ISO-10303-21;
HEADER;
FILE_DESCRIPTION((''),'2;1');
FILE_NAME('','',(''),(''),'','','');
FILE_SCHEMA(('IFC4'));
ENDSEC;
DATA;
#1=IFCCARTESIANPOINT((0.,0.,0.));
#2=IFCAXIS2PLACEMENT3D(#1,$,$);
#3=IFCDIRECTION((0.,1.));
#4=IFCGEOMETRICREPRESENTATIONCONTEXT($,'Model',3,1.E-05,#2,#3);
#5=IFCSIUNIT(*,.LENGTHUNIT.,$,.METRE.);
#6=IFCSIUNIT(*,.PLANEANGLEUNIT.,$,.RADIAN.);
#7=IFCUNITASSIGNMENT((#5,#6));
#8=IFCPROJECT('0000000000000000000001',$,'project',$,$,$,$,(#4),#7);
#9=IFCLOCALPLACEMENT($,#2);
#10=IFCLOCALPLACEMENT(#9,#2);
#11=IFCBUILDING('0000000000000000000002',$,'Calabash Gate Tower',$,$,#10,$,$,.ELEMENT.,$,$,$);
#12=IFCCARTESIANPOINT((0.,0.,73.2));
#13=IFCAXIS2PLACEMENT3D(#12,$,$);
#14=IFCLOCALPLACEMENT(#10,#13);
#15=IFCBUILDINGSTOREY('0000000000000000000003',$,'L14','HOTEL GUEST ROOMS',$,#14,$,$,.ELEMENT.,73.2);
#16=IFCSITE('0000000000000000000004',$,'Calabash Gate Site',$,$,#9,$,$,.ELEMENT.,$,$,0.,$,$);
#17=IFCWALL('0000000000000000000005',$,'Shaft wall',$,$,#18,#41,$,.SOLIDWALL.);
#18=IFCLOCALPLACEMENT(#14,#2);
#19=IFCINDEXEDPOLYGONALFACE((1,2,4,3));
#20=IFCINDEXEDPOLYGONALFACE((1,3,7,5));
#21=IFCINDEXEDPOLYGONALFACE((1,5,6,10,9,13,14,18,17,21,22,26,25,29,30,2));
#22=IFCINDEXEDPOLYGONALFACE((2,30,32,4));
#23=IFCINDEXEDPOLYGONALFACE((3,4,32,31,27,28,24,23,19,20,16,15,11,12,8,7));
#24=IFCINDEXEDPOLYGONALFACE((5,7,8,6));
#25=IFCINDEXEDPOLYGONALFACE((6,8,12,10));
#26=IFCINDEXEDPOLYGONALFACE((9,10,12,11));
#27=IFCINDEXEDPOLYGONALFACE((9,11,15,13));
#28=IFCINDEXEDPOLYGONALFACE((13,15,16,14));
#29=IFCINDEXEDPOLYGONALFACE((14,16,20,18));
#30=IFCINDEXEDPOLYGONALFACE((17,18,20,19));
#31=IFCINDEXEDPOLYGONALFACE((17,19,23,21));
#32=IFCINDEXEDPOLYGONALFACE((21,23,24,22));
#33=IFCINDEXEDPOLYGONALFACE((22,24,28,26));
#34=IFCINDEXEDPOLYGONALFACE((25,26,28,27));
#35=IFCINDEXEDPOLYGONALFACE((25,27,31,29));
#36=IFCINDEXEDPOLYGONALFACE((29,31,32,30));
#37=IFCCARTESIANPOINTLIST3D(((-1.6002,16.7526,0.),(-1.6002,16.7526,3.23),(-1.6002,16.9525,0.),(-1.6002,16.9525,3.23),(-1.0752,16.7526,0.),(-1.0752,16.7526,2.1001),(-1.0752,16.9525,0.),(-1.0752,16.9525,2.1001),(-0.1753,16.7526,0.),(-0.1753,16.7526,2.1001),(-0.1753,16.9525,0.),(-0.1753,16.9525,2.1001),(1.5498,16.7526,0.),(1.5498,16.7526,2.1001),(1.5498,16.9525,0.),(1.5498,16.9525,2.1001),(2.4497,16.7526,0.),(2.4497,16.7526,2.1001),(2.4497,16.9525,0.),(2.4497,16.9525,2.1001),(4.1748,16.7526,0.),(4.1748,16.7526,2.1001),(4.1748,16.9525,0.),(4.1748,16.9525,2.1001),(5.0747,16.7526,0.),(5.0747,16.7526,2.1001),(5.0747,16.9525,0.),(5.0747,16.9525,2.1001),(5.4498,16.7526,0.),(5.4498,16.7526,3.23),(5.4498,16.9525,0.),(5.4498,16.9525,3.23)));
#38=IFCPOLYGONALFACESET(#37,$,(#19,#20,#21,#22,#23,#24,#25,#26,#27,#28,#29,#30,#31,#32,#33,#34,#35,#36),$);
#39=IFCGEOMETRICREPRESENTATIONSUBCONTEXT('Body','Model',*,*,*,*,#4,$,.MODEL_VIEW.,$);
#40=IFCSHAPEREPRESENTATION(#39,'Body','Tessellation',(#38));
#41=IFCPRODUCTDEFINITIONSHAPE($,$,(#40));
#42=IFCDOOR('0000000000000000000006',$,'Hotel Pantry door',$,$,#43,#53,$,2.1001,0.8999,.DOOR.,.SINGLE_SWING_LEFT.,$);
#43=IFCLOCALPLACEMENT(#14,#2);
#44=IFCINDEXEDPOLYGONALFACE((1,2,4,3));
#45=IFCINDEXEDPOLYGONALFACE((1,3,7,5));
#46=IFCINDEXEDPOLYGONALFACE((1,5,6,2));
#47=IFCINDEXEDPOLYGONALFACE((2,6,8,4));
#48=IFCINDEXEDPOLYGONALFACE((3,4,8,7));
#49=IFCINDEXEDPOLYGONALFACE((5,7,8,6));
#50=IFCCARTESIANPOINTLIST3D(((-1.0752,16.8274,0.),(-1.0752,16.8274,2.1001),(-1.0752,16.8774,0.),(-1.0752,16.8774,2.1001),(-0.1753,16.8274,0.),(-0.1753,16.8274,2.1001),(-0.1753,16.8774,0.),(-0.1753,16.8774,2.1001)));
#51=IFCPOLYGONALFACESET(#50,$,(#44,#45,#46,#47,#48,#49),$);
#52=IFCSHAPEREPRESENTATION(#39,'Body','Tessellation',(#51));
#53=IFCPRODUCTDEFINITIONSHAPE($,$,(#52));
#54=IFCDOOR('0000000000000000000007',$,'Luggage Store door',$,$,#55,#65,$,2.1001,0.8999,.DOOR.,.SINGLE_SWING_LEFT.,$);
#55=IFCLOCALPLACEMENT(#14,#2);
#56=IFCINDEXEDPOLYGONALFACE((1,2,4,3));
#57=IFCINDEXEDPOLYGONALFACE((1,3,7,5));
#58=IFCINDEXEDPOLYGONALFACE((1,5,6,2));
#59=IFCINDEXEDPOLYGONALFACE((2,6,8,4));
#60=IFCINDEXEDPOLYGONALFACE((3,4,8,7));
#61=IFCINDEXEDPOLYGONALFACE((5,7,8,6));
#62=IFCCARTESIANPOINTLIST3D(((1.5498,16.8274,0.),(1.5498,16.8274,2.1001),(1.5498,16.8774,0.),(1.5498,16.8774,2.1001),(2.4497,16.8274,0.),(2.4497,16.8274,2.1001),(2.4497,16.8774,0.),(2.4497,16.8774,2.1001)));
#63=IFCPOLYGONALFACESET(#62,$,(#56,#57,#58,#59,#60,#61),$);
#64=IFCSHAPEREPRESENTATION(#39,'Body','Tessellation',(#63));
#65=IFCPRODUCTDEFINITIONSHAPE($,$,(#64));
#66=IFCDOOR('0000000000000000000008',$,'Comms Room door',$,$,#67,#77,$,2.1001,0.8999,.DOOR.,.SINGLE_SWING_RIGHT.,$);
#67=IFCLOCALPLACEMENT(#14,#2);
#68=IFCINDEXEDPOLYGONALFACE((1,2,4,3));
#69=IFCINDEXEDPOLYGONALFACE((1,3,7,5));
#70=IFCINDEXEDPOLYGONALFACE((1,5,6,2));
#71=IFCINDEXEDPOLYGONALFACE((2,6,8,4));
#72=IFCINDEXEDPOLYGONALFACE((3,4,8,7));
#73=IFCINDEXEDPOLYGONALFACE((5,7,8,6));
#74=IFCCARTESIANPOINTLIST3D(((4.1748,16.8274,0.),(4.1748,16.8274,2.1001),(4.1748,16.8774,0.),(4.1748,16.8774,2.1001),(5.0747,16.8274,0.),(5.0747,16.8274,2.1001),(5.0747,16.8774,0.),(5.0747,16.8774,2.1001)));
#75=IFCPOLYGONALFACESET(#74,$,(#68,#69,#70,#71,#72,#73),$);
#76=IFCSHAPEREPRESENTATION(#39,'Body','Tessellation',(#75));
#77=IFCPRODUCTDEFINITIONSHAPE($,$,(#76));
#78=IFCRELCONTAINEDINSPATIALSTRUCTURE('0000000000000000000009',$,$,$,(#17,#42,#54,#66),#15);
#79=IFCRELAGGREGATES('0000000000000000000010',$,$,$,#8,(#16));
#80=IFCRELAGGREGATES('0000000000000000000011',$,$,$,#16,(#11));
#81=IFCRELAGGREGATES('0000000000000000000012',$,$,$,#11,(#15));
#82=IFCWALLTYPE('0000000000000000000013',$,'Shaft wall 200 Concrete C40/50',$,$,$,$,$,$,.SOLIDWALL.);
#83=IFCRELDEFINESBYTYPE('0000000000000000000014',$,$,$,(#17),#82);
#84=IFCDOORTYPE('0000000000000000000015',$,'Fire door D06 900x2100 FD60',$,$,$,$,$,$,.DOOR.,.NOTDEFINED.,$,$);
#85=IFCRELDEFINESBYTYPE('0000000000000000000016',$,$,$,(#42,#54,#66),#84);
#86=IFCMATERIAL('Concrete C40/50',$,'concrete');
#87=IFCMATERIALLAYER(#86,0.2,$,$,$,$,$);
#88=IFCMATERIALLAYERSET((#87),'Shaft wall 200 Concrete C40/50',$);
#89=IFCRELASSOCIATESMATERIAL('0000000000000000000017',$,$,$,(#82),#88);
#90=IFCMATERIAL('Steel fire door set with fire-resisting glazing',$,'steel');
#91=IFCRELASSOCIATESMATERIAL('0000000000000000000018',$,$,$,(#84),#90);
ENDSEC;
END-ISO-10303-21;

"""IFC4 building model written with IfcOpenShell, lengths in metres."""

from ifc_helpers import new_model, si_unit, direction, frame, frame_2d, origin, place, context, subcontext, project, spatial, rectangle, extrude, material, layer, layer_set, type_object, element, fill, save


model = new_model("IFC4")

# Units and contexts
model_context = context("Model", 3, precision=1e-05, world=origin(), true_north=direction((0.0, 1.0)))
body_context = subcontext(model_context, "Body", "Model", "MODEL_VIEW")
ifc_project = project(units=[si_unit("LENGTHUNIT", "METRE"), si_unit("PLANEANGLEUNIT", "RADIAN")], contexts=[model_context])

# Site, building, storey
site_placement = place(None, origin())
site = spatial("IfcSite", under=ifc_project, at=site_placement, Name="Calabash Gate Site", CompositionType="ELEMENT", RefElevation=0.0)
building_placement = place(site_placement, origin())
building = spatial("IfcBuilding", under=site, at=building_placement, Name="Calabash Gate Tower", CompositionType="ELEMENT")
storey_placement = place(building_placement, frame((0.0, 0.0, 73.2)))
storey = spatial("IfcBuildingStorey", under=building, at=storey_placement, Name="L14", Description="HOTEL GUEST ROOMS", CompositionType="ELEMENT", Elevation=73.2)

# Shared definitions
ifc_material_1 = material(Name="Concrete C40/50", Category="concrete")
ifc_layer_1 = layer(ifc_material_1, 0.2)
ifc_layer_set_1 = layer_set([ifc_layer_1], Name="Shaft wall 200 Concrete C40/50")
wall_type_1 = type_object("IfcWallType", Name="Shaft wall 200 Concrete C40/50", PredefinedType="SOLIDWALL", material=ifc_layer_set_1)

# Shared definitions
ifc_material_2 = material(Name="Steel fire door set with fire-resisting glazing", Category="steel")
door_type_1 = type_object("IfcDoorType", Name="Fire door D06 900x2100 FD60", OperationType="NOTDEFINED", PredefinedType="DOOR", material=ifc_material_2)

# Wall, openings, doors
wall_1_placement = place(storey_placement, frame((-1.6001, 16.8525, 0.0), z_axis=(0.0, 0.0, 1.0), x_axis=(1.0, 0.0, 0.0)))
wall_1 = element("IfcWall", 1, at=wall_1_placement, inside=storey, type_object=wall_type_1, Name="Shaft wall", PredefinedType="SOLIDWALL", context=body_context, shape_type="SweptSolid", body=[
    extrude(rectangle(XDim=7.05, YDim=0.2, at=frame_2d((3.5249, 0.0))), origin(), (0.0, 0.0, 1.0), 3.23),
])
opening_1_placement = place(wall_1_placement, frame((0.5249, 0.0, 0.0)))
opening_1 = element("IfcOpeningElement", 2, at=opening_1_placement, cuts=wall_1, PredefinedType="OPENING", context=body_context, shape_type="SweptSolid", body=[
    extrude(rectangle(XDim=0.8999, YDim=2.1001, at=frame_2d((0.45, 1.05))), frame((0.0, 0.1099, 0.0), z_axis=(0.0, -1.0, 0.0), x_axis=(1.0, 0.0, 0.0)), (0.0, 0.0, 1.0), 0.22),
])
opening_2_placement = place(wall_1_placement, frame((3.1499, 0.0, 0.0)))
opening_2 = element("IfcOpeningElement", 3, at=opening_2_placement, cuts=wall_1, PredefinedType="OPENING", context=body_context, shape_type="SweptSolid", body=[
    extrude(rectangle(XDim=0.8999, YDim=2.1001, at=frame_2d((0.45, 1.05))), frame((0.0, 0.1099, 0.0), z_axis=(0.0, -1.0, 0.0), x_axis=(1.0, 0.0, 0.0)), (0.0, 0.0, 1.0), 0.22),
])
opening_3_placement = place(wall_1_placement, frame((5.7749, 0.0, 0.0)))
opening_3 = element("IfcOpeningElement", 4, at=opening_3_placement, cuts=wall_1, PredefinedType="OPENING", context=body_context, shape_type="SweptSolid", body=[
    extrude(rectangle(XDim=0.8999, YDim=2.1001, at=frame_2d((0.45, 1.05))), frame((0.0, 0.1099, 0.0), z_axis=(0.0, -1.0, 0.0), x_axis=(1.0, 0.0, 0.0)), (0.0, 0.0, 1.0), 0.22),
])
door_1_placement = place(opening_1_placement, origin())
door_1 = element("IfcDoor", 5, at=door_1_placement, inside=storey, type_object=door_type_1, Name="Hotel Pantry door", OperationType="SINGLE_SWING_LEFT", OverallHeight=2.1001, OverallWidth=0.8999, PredefinedType="DOOR", context=body_context, shape_type="SweptSolid", body=[
    extrude(rectangle(XDim=0.8999, YDim=2.1001, at=frame_2d((0.45, 1.05))), frame((0.0, 0.0249, 0.0), z_axis=(0.0, -1.0, 0.0), x_axis=(1.0, 0.0, 0.0)), (0.0, 0.0, 1.0), 0.05),
])
fill(opening_1, door_1)
door_2_placement = place(opening_2_placement, origin())
door_2 = element("IfcDoor", 6, at=door_2_placement, inside=storey, type_object=door_type_1, Name="Luggage Store door", OperationType="SINGLE_SWING_LEFT", OverallHeight=2.1001, OverallWidth=0.8999, PredefinedType="DOOR", context=body_context, shape_type="SweptSolid", body=[
    extrude(rectangle(XDim=0.8999, YDim=2.1001, at=frame_2d((0.45, 1.05))), frame((0.0, 0.0249, 0.0), z_axis=(0.0, -1.0, 0.0), x_axis=(1.0, 0.0, 0.0)), (0.0, 0.0, 1.0), 0.05),
])
fill(opening_2, door_2)
door_3_placement = place(opening_3_placement, origin())
door_3 = element("IfcDoor", 7, at=door_3_placement, inside=storey, type_object=door_type_1, Name="Comms Room door", OperationType="SINGLE_SWING_RIGHT", OverallHeight=2.1001, OverallWidth=0.8999, PredefinedType="DOOR", context=body_context, shape_type="SweptSolid", body=[
    extrude(rectangle(XDim=0.8999, YDim=2.1001, at=frame_2d((0.45, 1.05))), frame((0.0, 0.0249, 0.0), z_axis=(0.0, -1.0, 0.0), x_axis=(1.0, 0.0, 0.0)), (0.0, 0.0, 1.0), 0.05),
])
fill(opening_3, door_3)

save(model, "model.ifc")
